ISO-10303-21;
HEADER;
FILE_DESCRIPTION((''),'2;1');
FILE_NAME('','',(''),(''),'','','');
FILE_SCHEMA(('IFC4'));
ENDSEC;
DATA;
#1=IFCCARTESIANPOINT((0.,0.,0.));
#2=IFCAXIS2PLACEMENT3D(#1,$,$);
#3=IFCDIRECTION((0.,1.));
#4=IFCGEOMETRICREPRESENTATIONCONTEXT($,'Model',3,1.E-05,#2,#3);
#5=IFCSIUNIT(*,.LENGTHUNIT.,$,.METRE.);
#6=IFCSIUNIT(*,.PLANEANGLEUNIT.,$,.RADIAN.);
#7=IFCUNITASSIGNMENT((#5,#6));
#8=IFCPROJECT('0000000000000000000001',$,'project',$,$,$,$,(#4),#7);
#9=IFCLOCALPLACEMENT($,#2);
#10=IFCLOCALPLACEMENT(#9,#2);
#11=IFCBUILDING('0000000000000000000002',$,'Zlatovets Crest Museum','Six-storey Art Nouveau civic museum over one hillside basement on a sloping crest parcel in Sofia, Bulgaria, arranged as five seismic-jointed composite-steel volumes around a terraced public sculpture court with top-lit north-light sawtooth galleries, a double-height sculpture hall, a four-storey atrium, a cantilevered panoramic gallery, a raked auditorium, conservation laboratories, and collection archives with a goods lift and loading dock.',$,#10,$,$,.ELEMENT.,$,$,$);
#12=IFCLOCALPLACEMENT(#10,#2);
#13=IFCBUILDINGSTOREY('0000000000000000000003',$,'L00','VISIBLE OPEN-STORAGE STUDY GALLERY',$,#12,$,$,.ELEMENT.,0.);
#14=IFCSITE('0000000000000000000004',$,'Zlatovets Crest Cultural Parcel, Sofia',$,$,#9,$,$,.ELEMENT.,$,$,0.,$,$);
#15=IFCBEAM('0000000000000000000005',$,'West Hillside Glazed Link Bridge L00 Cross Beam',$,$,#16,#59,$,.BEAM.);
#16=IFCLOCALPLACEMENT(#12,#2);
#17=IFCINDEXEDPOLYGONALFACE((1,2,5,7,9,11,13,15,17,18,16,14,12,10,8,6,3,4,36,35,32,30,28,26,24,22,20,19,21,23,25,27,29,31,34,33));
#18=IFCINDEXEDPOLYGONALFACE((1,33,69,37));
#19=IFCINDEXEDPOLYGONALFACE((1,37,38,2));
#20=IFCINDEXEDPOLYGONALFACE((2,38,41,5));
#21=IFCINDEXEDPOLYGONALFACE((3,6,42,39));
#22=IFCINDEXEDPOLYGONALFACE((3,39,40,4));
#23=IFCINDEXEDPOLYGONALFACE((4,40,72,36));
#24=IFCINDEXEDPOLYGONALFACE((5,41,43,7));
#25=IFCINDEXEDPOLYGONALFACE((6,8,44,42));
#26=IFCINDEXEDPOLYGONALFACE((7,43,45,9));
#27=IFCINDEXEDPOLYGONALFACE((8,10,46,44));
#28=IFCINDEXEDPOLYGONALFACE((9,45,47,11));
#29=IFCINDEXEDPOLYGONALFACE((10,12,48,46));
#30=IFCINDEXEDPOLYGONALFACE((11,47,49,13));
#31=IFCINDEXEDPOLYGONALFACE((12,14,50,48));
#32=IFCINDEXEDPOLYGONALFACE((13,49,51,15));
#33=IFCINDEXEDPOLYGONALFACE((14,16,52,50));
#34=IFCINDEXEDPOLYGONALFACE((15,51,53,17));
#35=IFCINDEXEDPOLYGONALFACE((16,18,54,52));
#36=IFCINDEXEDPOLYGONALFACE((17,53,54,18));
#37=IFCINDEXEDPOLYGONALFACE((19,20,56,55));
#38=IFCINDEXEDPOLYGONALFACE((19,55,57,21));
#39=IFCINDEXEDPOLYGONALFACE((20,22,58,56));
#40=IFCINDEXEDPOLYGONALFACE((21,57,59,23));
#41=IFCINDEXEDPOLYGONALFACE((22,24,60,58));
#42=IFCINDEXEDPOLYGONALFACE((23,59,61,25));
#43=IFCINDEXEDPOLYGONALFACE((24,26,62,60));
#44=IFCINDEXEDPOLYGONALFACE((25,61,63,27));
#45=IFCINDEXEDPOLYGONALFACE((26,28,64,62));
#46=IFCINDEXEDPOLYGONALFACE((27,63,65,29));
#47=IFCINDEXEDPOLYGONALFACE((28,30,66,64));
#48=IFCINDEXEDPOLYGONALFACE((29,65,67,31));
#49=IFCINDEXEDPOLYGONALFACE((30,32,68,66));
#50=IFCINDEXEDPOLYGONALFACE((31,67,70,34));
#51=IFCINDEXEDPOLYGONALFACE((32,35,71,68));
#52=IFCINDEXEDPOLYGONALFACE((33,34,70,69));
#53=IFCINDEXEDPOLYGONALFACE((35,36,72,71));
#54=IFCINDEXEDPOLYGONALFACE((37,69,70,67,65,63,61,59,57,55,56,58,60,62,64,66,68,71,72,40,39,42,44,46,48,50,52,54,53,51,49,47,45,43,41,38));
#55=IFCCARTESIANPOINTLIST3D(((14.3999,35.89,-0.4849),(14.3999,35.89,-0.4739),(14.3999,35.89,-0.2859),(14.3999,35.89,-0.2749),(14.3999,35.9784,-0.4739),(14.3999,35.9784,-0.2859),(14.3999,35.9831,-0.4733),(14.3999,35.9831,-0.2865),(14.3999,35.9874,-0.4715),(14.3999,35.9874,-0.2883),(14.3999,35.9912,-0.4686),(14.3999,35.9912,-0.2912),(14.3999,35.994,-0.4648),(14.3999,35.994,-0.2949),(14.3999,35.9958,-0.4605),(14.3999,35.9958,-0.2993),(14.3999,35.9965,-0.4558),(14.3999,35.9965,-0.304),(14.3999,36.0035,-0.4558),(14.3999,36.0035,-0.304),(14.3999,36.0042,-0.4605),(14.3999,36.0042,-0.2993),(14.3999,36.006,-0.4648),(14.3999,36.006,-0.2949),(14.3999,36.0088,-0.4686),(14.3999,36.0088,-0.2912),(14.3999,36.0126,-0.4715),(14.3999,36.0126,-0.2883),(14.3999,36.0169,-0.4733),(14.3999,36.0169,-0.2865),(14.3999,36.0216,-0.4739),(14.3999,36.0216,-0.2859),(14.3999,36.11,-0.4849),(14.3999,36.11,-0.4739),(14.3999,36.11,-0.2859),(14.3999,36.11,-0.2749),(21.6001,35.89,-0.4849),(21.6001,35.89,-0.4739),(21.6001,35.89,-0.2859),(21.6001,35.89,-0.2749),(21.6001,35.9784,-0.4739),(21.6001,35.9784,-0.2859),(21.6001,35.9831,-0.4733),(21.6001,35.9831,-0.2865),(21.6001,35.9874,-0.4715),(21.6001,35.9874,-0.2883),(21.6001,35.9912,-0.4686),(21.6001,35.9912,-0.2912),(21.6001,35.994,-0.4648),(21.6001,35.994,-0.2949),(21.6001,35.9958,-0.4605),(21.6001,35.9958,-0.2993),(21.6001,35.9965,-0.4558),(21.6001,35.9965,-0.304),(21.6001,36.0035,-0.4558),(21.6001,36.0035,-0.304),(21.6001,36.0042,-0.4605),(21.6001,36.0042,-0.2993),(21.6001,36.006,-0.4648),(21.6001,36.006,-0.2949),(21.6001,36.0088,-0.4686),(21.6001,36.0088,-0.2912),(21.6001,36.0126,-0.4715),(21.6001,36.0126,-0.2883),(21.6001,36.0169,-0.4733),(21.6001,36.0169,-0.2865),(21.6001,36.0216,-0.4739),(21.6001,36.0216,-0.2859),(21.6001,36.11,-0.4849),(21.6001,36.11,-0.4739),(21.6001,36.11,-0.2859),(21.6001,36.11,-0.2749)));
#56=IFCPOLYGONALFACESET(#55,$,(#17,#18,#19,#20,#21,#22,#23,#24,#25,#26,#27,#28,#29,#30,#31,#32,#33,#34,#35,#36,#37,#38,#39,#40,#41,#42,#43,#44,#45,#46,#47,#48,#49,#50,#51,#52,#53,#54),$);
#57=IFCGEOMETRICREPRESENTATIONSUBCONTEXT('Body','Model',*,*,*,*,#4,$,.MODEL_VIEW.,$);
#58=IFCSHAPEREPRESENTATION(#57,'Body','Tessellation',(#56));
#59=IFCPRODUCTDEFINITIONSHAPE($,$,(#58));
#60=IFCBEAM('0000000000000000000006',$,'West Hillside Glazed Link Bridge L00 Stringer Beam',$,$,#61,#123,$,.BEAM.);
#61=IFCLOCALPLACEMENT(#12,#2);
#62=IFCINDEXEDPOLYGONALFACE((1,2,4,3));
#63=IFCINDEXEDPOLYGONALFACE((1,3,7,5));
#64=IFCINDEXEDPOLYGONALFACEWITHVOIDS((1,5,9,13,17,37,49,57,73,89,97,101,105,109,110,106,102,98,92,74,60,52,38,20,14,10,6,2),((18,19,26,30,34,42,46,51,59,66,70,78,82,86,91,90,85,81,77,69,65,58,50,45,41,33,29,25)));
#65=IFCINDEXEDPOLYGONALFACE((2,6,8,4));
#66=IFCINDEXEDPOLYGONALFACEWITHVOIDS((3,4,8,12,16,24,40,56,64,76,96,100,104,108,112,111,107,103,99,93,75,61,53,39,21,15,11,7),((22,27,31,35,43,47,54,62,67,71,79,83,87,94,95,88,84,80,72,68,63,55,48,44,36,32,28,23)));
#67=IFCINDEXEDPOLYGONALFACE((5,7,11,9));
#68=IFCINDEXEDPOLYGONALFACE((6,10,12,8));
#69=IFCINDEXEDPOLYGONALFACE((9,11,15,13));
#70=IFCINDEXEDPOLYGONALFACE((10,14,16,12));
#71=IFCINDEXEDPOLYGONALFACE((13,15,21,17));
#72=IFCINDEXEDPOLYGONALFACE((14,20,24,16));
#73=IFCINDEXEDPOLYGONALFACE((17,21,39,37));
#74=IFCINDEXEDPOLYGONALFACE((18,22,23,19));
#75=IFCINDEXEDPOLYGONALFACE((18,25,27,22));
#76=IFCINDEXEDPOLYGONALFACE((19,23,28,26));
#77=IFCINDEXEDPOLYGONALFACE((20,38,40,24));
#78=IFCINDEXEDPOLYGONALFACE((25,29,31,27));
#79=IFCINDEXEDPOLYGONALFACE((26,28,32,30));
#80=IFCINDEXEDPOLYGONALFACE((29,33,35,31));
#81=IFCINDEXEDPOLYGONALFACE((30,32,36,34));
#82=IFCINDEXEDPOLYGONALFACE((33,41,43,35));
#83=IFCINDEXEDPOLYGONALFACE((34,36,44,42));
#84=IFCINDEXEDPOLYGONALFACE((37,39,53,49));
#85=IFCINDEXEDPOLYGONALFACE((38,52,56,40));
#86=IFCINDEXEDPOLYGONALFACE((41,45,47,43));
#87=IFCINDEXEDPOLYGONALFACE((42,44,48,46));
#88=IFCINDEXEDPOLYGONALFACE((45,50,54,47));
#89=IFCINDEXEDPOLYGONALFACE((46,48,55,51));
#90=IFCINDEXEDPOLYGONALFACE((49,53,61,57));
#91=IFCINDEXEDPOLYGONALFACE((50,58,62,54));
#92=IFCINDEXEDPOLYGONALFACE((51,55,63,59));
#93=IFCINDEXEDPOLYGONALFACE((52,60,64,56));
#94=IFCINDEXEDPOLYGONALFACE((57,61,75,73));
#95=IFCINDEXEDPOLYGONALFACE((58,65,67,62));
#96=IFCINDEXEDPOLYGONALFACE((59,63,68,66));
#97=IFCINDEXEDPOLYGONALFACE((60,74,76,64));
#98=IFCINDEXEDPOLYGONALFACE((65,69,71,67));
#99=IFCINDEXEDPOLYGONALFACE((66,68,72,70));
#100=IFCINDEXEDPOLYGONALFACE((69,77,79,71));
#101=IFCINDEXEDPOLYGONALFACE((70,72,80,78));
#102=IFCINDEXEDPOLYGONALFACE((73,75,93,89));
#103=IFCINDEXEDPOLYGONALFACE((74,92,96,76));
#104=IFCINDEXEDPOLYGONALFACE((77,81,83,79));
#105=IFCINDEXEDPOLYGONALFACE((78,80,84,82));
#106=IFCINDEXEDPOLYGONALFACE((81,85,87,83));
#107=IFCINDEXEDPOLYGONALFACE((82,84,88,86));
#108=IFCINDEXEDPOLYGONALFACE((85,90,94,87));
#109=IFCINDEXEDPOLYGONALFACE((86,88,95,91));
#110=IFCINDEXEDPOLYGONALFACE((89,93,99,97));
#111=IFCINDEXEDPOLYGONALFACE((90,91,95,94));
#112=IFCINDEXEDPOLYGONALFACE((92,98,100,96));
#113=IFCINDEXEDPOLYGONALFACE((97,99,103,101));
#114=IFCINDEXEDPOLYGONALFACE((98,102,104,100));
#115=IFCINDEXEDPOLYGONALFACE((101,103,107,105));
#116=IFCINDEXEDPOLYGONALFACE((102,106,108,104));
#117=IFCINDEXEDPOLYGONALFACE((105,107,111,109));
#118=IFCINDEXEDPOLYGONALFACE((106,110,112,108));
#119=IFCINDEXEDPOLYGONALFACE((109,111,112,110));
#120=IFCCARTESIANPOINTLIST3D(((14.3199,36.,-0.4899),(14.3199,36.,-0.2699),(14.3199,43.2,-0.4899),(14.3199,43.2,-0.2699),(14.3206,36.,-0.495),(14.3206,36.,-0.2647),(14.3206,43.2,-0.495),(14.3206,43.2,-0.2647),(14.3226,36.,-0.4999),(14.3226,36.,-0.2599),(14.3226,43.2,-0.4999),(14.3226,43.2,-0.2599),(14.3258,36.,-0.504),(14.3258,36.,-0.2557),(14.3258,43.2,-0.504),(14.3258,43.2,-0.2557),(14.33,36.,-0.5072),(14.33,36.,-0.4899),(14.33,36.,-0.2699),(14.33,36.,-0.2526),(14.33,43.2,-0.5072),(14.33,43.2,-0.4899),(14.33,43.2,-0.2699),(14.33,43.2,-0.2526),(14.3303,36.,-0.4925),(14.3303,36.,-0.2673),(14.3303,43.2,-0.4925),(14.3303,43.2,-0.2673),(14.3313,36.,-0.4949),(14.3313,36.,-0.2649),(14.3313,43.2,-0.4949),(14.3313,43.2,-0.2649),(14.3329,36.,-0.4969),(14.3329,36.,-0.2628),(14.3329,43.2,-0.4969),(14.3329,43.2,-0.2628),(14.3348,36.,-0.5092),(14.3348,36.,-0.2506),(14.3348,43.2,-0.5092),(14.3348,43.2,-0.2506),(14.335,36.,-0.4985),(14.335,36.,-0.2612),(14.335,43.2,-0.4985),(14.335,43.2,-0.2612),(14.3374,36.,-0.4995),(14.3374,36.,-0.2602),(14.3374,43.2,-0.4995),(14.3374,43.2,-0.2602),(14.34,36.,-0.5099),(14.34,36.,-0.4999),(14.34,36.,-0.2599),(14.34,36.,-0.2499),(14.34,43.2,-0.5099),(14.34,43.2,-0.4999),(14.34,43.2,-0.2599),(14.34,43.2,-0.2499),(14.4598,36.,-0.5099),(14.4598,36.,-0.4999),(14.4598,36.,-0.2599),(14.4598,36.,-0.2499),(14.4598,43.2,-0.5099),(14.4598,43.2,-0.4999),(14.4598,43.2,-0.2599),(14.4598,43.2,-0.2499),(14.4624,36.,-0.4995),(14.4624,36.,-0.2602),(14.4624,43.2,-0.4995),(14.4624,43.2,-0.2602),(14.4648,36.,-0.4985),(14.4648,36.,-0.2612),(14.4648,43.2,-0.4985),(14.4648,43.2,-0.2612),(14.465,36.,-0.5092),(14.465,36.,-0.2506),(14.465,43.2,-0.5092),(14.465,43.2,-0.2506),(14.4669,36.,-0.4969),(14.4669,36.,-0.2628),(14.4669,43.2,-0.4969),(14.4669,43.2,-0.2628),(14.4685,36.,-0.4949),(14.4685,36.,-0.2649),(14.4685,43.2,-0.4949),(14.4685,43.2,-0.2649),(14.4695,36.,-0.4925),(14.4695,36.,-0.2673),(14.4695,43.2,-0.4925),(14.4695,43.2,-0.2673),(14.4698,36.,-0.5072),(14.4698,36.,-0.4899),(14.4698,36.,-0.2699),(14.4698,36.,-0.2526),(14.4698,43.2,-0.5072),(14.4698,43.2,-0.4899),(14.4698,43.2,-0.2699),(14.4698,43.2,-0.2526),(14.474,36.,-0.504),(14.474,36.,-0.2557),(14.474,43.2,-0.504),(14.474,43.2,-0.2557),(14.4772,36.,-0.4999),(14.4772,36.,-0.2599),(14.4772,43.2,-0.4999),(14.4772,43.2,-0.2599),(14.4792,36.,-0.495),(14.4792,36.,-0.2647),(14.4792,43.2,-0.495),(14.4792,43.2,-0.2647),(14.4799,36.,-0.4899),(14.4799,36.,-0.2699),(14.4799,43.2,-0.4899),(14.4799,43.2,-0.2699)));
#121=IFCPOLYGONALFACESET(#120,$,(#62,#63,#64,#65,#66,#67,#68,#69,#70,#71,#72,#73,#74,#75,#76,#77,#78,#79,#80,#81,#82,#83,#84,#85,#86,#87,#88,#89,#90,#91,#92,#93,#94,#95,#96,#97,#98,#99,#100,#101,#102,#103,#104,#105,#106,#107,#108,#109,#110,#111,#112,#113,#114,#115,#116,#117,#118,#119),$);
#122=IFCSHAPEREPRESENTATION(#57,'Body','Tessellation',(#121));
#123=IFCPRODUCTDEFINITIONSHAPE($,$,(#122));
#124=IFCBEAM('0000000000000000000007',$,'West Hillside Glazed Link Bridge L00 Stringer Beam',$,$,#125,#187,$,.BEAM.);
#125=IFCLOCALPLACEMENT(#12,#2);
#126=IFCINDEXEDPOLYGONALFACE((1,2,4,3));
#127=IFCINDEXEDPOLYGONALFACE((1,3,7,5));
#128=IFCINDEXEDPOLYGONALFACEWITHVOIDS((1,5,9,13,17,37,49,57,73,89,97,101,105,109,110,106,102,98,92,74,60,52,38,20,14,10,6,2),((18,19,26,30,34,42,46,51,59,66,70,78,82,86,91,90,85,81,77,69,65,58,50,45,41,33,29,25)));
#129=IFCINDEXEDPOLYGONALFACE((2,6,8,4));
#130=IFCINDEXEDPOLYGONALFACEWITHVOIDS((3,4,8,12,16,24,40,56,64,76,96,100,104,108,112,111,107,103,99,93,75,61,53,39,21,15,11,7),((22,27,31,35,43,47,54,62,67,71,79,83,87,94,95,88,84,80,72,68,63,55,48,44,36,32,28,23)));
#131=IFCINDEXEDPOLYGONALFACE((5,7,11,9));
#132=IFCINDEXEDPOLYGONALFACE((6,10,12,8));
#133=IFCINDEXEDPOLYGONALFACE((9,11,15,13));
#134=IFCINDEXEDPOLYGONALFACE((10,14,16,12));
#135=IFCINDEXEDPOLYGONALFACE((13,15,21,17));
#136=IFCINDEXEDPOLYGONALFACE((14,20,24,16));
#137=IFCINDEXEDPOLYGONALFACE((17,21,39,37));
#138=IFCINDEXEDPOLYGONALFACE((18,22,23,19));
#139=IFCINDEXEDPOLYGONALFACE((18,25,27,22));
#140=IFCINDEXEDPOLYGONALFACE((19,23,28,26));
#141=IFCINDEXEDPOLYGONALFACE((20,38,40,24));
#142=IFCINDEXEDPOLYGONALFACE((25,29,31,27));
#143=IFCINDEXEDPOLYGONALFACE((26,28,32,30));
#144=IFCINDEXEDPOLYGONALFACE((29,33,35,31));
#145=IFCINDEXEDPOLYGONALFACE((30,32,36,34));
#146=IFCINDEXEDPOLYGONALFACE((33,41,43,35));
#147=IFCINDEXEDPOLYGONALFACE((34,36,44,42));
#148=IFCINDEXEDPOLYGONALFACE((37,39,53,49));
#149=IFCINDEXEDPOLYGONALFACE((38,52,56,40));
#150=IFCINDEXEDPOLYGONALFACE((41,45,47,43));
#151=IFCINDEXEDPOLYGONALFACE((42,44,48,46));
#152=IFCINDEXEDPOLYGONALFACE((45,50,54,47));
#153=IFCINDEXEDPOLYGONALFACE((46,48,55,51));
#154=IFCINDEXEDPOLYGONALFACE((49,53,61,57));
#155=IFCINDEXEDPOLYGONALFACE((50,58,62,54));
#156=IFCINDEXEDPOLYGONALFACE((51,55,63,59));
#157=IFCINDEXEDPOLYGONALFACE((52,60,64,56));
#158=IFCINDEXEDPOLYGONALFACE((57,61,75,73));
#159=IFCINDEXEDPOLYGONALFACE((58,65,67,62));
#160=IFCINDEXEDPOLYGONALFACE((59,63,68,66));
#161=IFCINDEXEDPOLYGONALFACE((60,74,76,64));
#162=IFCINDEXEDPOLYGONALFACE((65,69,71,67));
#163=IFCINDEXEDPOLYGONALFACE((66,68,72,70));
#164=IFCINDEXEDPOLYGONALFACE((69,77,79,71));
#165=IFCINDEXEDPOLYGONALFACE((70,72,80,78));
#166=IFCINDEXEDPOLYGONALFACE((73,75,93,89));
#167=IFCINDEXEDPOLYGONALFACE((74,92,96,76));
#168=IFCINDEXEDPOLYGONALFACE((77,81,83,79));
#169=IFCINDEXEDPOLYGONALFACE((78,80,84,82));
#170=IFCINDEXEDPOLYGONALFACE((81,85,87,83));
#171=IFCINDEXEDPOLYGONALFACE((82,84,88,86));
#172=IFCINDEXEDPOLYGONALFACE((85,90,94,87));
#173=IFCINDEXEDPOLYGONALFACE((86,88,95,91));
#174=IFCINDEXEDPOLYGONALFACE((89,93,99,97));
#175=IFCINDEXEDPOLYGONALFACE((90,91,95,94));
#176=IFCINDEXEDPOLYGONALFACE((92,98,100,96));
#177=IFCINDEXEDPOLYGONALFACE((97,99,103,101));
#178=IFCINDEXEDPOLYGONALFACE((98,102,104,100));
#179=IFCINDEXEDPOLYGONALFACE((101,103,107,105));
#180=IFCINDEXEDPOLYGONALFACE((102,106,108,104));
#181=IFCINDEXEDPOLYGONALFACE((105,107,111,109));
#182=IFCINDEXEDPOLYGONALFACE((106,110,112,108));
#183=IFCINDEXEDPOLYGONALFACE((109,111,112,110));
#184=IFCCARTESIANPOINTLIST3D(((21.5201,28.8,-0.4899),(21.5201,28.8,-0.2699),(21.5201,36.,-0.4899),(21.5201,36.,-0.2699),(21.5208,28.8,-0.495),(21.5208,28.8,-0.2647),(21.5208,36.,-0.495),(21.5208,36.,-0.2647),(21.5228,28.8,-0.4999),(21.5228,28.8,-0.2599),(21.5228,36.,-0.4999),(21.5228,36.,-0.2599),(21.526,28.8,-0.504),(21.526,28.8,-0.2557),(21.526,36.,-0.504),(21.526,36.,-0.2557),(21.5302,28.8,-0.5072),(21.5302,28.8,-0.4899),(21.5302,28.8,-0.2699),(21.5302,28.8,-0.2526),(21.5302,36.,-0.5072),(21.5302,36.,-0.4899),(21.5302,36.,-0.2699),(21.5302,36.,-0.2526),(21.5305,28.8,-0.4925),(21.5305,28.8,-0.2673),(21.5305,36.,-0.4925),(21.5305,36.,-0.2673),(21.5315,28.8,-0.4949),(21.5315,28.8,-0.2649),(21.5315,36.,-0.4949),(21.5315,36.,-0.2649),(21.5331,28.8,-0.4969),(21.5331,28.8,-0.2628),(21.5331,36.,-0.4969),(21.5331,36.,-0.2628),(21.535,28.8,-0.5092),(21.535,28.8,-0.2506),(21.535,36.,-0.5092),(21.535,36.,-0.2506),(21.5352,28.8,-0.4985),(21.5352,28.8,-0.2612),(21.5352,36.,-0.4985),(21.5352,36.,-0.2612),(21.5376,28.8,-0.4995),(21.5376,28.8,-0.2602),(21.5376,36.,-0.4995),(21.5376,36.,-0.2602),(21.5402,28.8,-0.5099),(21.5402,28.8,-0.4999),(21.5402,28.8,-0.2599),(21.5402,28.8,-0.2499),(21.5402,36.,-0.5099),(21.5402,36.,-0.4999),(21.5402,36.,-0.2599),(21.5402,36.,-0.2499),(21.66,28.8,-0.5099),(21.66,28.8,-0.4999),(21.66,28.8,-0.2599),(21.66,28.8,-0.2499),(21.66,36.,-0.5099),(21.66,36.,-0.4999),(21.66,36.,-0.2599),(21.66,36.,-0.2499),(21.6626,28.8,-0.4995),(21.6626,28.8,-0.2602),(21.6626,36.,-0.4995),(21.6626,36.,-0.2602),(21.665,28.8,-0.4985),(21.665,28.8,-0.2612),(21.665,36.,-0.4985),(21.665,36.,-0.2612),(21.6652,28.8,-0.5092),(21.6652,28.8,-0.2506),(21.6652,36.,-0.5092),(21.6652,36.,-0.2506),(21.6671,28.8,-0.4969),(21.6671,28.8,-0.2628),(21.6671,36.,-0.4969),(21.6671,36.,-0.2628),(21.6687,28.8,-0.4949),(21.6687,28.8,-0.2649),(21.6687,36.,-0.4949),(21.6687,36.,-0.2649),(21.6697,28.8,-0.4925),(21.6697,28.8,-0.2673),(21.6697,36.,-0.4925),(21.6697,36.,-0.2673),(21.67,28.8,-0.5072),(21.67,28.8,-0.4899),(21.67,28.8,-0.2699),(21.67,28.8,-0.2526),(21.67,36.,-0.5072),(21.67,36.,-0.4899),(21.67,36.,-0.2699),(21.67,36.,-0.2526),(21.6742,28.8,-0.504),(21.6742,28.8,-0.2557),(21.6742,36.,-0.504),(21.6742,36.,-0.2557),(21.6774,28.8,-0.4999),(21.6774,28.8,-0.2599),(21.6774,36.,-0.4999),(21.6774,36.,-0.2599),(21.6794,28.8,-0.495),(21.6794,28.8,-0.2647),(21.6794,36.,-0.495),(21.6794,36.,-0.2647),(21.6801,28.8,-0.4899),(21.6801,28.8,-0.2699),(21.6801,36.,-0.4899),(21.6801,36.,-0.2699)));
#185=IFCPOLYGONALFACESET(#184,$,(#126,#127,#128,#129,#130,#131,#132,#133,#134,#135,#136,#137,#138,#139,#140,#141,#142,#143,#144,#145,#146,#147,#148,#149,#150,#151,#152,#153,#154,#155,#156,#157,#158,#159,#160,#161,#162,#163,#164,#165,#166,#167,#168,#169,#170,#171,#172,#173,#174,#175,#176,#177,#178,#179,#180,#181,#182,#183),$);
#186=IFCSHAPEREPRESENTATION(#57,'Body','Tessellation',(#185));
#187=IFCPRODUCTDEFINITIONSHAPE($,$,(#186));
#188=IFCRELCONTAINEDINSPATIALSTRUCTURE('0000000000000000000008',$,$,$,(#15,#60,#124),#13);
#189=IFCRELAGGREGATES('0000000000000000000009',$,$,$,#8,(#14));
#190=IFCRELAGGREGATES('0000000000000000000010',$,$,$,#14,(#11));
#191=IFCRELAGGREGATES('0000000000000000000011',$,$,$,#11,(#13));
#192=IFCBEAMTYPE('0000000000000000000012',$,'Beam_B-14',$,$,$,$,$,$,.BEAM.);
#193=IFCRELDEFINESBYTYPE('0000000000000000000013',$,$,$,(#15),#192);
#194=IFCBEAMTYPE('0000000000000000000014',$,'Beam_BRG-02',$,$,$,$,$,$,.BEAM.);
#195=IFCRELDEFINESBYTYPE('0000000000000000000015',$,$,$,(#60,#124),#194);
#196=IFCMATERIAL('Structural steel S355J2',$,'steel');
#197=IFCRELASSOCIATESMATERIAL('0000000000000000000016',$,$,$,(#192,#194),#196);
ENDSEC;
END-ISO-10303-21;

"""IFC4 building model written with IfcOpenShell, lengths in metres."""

from ifc_helpers import new_model, si_unit, direction, frame, origin, origin_2d, place, context, subcontext, project, spatial, hollow_rectangle, i_section, extrude, material, material_profile, profile_set, type_object, element, save


model = new_model("IFC4")

# Units and contexts
model_context = context("Model", 3, precision=1e-05, world=origin(), true_north=direction((0.0, 1.0)))
body_context = subcontext(model_context, "Body", "Model", "MODEL_VIEW")
ifc_project = project(units=[si_unit("LENGTHUNIT", "METRE"), si_unit("PLANEANGLEUNIT", "RADIAN")], contexts=[model_context])

# Site, building, storey
site_placement = place(None, origin())
site = spatial("IfcSite", under=ifc_project, at=site_placement, Name="Zlatovets Crest Cultural Parcel, Sofia", CompositionType="ELEMENT", RefElevation=0.0)
building_placement = place(site_placement, origin())
building = spatial("IfcBuilding", under=site, at=building_placement, Name="Zlatovets Crest Museum", Description="Six-storey Art Nouveau civic museum over one hillside basement on a sloping crest parcel in Sofia, Bulgaria, arranged as five seismic-jointed composite-steel volumes around a terraced public sculpture court with top-lit north-light sawtooth galleries, a double-height sculpture hall, a four-storey atrium, a cantilevered panoramic gallery, a raked auditorium, conservation laboratories, and collection archives with a goods lift and loading dock.", CompositionType="ELEMENT")
storey_placement = place(building_placement, origin())
storey = spatial("IfcBuildingStorey", under=building, at=storey_placement, Name="L00", Description="VISIBLE OPEN-STORAGE STUDY GALLERY", CompositionType="ELEMENT", Elevation=0.0)

# Shared definitions
ifc_material_1 = material(Name="Structural steel S355J2", Category="steel")

# Beams
ifc_material_profile_1 = material_profile(ifc_material_1, i_section(OverallWidth=0.22, OverallDepth=0.21, WebThickness=0.0071, FlangeThickness=0.011, FilletRadius=0.0181, at=origin_2d()), Name="HEA 220")
ifc_profile_set_1 = profile_set([ifc_material_profile_1], Name="Structural steel S355J2")
beam_type_1 = type_object("IfcBeamType", Name="Beam_B-14", PredefinedType="BEAM", material=ifc_profile_set_1)
beam_1_placement = place(storey_placement, frame((14.3999, 36.0, -0.3799), z_axis=(1.0, 0.0, 0.0), x_axis=(0.0, 1.0, 0.0)))
element("IfcBeam", 1, at=beam_1_placement, inside=storey, type_object=beam_type_1, Name="West Hillside Glazed Link Bridge L00 Cross Beam", PredefinedType="BEAM", context=body_context, shape_type="SweptSolid", body=[
    extrude(i_section(OverallWidth=0.22, OverallDepth=0.21, WebThickness=0.0071, FlangeThickness=0.011, FilletRadius=0.0181, at=origin_2d()), origin(), (0.0, 0.0, 1.0), 7.2002),
])
ifc_material_profile_2 = material_profile(ifc_material_1, hollow_rectangle(XDim=0.1599, YDim=0.26, WallThickness=0.01, InnerFilletRadius=0.01, OuterFilletRadius=0.02, at=origin_2d()), Name="RHS 160x260x10.0")
ifc_profile_set_2 = profile_set([ifc_material_profile_2], Name="Structural steel S355J2")
beam_type_2 = type_object("IfcBeamType", Name="Beam_BRG-02", PredefinedType="BEAM", material=ifc_profile_set_2)
for number, where, z_axis, x_axis, name in (
    (2, (14.3999, 36.0, -0.3799), (0.0, 1.0, 0.0), (-1.0, 0.0, 0.0), "West Hillside Glazed Link Bridge L00 Stringer Beam"),
    (3, (21.6001, 28.8, -0.3799), (0.0, 1.0, 0.0), (-1.0, 0.0, 0.0), "West Hillside Glazed Link Bridge L00 Stringer Beam"),
):
    element("IfcBeam", number, at=place(storey_placement, frame(where, z_axis=z_axis, x_axis=x_axis)), inside=storey, type_object=beam_type_2, Name=name, PredefinedType="BEAM", context=body_context, shape_type="SweptSolid", body=[
        extrude(hollow_rectangle(XDim=0.1599, YDim=0.26, WallThickness=0.01, InnerFilletRadius=0.01, OuterFilletRadius=0.02, at=origin_2d()), origin(), (0.0, 0.0, 1.0), 7.2),
    ])

save(model, "model.ifc")
